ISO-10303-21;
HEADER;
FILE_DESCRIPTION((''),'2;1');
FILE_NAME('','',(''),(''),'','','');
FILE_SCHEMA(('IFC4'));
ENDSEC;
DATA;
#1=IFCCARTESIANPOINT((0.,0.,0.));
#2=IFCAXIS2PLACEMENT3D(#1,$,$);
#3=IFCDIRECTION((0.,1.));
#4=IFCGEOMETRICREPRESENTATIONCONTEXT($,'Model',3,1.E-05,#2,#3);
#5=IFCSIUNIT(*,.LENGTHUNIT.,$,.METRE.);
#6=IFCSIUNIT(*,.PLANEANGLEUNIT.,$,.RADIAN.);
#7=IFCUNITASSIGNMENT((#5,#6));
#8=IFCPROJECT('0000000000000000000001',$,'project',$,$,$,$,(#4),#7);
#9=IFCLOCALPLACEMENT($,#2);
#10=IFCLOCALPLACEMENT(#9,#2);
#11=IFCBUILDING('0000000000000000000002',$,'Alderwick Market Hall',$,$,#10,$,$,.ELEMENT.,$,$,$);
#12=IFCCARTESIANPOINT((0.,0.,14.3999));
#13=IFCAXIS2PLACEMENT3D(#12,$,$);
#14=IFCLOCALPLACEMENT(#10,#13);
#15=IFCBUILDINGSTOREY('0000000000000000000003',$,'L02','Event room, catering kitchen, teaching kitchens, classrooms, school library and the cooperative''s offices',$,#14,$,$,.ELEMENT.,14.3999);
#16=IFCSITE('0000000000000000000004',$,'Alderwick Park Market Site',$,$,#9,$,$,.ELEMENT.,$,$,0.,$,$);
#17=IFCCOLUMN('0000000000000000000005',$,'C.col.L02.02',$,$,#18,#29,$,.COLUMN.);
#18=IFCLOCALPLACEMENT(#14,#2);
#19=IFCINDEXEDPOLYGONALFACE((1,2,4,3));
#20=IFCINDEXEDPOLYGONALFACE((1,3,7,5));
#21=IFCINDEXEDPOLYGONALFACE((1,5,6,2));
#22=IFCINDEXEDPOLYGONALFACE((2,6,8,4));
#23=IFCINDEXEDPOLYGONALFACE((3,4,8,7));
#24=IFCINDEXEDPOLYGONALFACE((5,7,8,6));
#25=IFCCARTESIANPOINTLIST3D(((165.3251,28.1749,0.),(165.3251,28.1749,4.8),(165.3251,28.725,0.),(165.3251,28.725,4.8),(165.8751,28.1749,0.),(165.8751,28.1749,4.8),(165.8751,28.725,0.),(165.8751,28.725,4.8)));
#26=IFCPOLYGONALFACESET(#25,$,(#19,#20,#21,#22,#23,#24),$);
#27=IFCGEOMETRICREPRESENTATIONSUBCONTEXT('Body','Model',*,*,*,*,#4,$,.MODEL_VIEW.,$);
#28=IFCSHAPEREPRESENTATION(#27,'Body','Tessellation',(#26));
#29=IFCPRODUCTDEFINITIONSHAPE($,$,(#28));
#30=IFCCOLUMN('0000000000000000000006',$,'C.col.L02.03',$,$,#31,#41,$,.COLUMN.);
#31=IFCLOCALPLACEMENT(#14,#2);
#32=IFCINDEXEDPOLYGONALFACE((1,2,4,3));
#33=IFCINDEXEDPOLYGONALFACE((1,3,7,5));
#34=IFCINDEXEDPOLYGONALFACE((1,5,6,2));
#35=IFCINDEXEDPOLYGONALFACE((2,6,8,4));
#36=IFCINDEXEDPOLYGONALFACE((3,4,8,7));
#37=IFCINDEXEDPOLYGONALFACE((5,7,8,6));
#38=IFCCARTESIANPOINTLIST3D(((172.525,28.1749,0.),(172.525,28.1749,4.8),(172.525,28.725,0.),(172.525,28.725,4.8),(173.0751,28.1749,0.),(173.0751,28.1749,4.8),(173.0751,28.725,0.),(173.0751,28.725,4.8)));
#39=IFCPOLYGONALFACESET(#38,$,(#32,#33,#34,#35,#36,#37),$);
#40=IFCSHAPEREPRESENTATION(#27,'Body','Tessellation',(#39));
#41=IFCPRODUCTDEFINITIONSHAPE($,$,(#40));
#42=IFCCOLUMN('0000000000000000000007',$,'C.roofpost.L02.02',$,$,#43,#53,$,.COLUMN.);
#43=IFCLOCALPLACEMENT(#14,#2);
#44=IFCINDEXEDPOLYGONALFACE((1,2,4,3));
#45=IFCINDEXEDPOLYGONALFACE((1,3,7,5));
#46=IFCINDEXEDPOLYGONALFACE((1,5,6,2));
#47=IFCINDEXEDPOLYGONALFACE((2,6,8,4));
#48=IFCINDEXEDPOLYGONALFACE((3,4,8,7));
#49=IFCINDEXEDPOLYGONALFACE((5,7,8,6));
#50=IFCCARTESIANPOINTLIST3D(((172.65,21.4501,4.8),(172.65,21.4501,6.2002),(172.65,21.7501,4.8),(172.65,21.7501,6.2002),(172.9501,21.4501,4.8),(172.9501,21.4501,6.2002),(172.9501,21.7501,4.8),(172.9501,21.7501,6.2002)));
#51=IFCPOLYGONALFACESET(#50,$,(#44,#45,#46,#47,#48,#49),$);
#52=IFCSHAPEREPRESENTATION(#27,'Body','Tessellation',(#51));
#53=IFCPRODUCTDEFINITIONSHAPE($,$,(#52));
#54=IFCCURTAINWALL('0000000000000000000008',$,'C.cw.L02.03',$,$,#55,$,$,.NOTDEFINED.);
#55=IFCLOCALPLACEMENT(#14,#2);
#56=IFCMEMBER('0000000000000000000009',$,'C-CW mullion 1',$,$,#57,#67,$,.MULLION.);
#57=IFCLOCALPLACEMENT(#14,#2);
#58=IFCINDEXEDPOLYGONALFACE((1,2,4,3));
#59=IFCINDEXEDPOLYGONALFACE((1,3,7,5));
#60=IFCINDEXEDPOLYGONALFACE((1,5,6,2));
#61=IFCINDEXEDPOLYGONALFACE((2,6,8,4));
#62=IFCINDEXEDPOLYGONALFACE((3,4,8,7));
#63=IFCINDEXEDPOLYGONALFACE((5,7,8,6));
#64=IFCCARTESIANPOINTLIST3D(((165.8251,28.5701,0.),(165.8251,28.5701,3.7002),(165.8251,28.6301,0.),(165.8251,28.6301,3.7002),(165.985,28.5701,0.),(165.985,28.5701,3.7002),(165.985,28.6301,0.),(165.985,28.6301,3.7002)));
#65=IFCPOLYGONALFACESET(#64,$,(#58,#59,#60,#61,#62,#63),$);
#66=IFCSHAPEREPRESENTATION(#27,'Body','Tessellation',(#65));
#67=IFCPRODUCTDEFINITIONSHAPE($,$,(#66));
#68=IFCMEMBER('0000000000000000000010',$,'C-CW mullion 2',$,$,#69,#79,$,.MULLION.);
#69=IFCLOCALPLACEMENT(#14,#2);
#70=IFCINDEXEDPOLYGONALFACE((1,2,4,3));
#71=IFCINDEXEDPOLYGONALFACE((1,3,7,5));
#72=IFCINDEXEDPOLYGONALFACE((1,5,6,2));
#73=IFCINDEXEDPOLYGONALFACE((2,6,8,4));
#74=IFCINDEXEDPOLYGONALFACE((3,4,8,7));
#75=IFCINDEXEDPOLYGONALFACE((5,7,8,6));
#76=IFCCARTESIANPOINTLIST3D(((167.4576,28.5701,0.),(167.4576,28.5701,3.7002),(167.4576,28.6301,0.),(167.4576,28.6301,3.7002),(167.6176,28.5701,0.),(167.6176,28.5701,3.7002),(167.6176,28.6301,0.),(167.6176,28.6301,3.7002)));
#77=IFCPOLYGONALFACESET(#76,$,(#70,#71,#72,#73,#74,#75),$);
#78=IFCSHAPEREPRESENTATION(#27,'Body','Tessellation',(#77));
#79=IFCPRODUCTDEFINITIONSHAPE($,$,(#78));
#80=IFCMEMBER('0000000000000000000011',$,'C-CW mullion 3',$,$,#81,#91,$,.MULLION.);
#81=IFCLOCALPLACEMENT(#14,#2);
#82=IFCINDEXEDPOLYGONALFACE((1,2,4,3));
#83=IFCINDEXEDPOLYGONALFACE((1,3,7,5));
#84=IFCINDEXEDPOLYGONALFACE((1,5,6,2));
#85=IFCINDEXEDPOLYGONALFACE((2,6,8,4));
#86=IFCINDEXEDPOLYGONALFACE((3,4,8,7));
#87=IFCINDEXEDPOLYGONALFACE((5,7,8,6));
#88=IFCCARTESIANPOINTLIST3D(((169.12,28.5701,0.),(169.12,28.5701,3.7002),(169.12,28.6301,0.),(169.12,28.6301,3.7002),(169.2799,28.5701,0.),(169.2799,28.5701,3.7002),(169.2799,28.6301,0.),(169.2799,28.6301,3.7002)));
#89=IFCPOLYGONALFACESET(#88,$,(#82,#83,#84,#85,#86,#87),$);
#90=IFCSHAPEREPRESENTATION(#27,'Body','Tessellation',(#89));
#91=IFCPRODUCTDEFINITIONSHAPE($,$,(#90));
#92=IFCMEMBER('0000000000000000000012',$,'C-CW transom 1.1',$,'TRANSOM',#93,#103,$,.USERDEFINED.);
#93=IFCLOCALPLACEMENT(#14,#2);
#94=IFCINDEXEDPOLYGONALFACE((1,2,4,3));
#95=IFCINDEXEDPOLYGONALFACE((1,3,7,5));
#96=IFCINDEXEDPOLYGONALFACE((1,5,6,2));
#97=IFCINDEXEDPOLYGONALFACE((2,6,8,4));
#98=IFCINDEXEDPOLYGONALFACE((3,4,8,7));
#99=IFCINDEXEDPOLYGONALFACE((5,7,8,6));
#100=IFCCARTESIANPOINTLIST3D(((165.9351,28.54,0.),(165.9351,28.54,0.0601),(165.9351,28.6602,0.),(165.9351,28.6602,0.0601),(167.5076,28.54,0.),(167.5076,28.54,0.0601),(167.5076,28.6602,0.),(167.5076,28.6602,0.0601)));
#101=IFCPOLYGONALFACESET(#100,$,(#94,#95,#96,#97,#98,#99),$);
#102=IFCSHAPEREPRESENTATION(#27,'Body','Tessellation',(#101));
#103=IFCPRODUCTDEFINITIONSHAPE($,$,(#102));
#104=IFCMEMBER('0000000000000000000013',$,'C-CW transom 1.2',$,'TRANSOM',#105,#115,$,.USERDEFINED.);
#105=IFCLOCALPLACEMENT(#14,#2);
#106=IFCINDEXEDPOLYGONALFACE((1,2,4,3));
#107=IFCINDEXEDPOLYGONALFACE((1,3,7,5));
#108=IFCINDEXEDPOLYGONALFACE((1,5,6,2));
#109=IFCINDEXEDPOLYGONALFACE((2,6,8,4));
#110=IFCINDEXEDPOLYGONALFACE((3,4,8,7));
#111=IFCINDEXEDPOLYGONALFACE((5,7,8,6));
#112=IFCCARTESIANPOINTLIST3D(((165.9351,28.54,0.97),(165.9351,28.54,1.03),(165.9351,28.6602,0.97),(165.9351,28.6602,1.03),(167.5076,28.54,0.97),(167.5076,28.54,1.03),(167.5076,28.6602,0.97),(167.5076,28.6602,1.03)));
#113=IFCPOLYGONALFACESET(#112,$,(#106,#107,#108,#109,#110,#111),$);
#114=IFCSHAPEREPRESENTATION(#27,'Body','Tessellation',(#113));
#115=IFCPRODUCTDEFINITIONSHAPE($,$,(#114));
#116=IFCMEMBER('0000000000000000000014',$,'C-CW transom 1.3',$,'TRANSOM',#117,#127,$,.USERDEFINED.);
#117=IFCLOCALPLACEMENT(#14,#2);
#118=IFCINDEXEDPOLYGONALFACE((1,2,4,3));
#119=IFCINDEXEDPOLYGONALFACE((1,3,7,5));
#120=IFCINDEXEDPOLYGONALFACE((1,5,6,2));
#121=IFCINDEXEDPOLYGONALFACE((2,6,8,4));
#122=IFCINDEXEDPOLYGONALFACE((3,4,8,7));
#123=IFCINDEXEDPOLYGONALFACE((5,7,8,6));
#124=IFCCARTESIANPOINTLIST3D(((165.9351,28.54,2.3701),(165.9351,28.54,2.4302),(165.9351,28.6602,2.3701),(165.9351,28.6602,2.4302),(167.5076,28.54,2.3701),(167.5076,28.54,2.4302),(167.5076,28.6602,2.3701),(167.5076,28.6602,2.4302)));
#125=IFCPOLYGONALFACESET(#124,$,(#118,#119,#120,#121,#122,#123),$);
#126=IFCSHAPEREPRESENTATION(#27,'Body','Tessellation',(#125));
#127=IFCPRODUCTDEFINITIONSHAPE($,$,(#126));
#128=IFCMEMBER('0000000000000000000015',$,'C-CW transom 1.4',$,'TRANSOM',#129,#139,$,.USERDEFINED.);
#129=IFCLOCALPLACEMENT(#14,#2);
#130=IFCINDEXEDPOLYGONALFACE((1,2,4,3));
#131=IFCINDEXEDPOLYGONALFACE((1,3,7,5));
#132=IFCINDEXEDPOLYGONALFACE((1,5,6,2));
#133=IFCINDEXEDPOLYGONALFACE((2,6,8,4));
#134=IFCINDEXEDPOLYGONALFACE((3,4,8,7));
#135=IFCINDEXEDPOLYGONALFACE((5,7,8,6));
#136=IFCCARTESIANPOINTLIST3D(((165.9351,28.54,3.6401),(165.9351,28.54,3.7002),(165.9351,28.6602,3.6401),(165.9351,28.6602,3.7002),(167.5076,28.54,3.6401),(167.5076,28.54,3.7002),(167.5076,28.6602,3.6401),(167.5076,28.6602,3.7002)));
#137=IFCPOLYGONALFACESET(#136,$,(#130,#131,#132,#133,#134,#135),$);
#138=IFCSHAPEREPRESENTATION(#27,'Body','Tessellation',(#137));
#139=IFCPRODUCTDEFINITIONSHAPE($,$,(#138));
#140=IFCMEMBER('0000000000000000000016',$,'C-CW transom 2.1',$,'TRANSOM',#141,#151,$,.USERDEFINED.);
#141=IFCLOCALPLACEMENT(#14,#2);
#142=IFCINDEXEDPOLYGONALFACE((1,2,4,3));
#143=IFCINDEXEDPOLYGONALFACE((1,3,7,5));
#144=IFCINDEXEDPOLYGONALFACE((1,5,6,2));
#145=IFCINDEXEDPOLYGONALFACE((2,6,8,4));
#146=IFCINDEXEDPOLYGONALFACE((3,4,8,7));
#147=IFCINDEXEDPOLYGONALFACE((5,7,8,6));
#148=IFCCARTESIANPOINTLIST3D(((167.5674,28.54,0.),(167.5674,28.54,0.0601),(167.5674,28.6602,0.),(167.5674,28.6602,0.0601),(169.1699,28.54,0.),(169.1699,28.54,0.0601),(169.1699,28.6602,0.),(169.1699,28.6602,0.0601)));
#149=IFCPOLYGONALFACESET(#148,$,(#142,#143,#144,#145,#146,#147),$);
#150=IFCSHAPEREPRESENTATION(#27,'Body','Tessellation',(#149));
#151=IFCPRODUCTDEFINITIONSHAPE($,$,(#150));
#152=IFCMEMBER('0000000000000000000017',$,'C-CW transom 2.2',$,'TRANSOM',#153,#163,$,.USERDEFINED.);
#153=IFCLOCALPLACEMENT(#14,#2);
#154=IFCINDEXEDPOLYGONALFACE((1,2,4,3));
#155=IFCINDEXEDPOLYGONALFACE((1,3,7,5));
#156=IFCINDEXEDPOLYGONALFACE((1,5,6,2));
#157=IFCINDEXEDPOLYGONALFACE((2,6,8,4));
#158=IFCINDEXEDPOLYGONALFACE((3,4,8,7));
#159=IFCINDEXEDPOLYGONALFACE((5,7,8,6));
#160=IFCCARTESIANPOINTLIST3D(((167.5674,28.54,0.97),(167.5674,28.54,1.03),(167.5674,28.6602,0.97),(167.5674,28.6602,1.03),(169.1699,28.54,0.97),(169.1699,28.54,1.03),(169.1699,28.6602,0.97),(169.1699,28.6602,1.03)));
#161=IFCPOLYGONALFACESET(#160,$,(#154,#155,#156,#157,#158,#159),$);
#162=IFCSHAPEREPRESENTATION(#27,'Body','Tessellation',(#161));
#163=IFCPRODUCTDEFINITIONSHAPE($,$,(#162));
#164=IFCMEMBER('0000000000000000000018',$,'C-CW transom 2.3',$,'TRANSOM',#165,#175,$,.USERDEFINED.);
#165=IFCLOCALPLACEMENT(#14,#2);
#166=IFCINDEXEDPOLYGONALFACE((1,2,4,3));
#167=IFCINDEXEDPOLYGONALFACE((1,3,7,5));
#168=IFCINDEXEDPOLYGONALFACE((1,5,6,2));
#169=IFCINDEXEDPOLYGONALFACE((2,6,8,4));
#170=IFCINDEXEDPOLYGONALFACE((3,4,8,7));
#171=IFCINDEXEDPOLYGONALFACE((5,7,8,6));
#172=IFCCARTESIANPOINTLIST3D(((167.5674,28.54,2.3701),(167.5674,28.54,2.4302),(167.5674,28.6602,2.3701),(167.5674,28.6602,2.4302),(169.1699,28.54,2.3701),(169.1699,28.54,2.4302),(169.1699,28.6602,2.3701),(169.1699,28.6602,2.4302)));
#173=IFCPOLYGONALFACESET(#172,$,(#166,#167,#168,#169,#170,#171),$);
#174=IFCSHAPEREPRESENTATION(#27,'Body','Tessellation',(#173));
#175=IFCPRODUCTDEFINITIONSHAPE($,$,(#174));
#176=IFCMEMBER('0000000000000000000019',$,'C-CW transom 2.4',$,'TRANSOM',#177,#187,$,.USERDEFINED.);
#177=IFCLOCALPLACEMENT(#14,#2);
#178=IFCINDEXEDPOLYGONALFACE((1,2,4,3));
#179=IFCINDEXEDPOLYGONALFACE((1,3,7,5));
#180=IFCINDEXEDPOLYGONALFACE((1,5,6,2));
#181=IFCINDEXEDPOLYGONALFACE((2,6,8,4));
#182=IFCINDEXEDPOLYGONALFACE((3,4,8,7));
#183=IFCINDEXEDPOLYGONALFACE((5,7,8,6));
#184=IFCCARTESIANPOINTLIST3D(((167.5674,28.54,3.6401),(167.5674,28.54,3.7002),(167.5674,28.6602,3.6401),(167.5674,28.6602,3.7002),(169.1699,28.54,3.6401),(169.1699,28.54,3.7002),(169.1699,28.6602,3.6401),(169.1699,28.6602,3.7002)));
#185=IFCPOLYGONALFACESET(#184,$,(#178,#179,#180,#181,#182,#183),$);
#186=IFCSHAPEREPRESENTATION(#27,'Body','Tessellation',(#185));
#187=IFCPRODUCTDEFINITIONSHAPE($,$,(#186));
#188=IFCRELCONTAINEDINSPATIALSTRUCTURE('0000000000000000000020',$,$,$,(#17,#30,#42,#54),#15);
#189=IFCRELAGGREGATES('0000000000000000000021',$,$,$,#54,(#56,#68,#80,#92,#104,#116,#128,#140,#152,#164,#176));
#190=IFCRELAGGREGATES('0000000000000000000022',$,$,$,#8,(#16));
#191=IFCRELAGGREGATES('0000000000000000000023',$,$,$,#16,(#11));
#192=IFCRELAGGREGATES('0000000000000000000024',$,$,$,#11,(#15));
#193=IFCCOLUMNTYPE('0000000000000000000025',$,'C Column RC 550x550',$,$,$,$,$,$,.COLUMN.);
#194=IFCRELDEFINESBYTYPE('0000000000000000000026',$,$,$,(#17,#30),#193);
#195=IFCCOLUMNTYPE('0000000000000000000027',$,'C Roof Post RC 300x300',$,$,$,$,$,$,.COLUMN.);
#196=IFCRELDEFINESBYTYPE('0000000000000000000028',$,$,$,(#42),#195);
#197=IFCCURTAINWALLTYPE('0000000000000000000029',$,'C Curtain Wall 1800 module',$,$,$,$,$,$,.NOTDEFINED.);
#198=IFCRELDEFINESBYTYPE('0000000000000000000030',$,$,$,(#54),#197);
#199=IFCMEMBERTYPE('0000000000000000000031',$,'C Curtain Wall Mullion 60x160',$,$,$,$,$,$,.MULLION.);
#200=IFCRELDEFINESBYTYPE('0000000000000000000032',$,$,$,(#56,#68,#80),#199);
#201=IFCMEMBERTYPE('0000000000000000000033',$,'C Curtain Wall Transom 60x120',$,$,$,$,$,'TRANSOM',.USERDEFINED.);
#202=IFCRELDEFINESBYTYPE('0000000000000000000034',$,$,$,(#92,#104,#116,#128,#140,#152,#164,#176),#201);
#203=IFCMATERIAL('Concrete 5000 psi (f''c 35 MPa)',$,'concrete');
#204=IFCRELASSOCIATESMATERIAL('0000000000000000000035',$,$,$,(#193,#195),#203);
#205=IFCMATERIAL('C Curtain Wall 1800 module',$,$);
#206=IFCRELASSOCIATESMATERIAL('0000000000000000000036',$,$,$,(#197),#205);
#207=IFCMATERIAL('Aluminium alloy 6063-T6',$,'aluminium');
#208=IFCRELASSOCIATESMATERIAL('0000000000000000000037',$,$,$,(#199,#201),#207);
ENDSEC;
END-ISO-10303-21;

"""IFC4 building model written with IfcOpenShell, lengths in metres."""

from ifc_helpers import new_model, si_unit, direction, frame, origin, origin_2d, place, context, subcontext, project, spatial, rectangle, extrude, material, material_profile, profile_set, type_object, element, aggregate, save


model = new_model("IFC4")

# Units and contexts
model_context = context("Model", 3, precision=1e-05, world=origin(), true_north=direction((0.0, 1.0)))
body_context = subcontext(model_context, "Body", "Model", "MODEL_VIEW")
ifc_project = project(units=[si_unit("LENGTHUNIT", "METRE"), si_unit("PLANEANGLEUNIT", "RADIAN")], contexts=[model_context])

# Site, building, storey
site_placement = place(None, origin())
site = spatial("IfcSite", under=ifc_project, at=site_placement, Name="Alderwick Park Market Site", CompositionType="ELEMENT", RefElevation=0.0)
building_placement = place(site_placement, origin())
building = spatial("IfcBuilding", under=site, at=building_placement, Name="Alderwick Market Hall", CompositionType="ELEMENT")
storey_placement = place(building_placement, frame((0.0, 0.0, 14.3999)))
storey = spatial("IfcBuildingStorey", under=building, at=storey_placement, Name="L02", Description="Event room, catering kitchen, teaching kitchens, classrooms, school library and the cooperative's offices", CompositionType="ELEMENT", Elevation=14.3999)

# Columns
ifc_material_1 = material(Name="Concrete 5000 psi (f'c 35 MPa)", Category="concrete")
ifc_material_profile_1 = material_profile(ifc_material_1, rectangle(XDim=0.55, YDim=0.55, at=origin_2d()), Name="RC 550x550")
ifc_profile_set_1 = profile_set([ifc_material_profile_1], Name="Concrete 5000 psi (f'c 35 MPa)")
column_type_1 = type_object("IfcColumnType", Name="C Column RC 550x550", PredefinedType="COLUMN", material=ifc_profile_set_1)
for number, where, z_axis, x_axis, name in (
    (1, (165.6001, 28.45, 0.0), (0.0, 0.0, 1.0), (1.0, 0.0, 0.0), "C.col.L02.02"),
    (2, (172.8, 28.45, 0.0), (0.0, 0.0, 1.0), (1.0, 0.0, 0.0), "C.col.L02.03"),
):
    element("IfcColumn", number, at=place(storey_placement, frame(where, z_axis=z_axis, x_axis=x_axis)), inside=storey, type_object=column_type_1, Name=name, PredefinedType="COLUMN", context=body_context, shape_type="SweptSolid", body=[
        extrude(rectangle(XDim=0.55, YDim=0.55, at=origin_2d()), origin(), (0.0, 0.0, 1.0), 4.8),
    ])
ifc_material_profile_2 = material_profile(ifc_material_1, rectangle(XDim=0.3, YDim=0.3, at=origin_2d()), Name="RC 300x300")
ifc_profile_set_2 = profile_set([ifc_material_profile_2], Name="Concrete 5000 psi (f'c 35 MPa)")
column_type_2 = type_object("IfcColumnType", Name="C Roof Post RC 300x300", PredefinedType="COLUMN", material=ifc_profile_set_2)
column_placement = place(storey_placement, frame((172.8, 21.6001, 4.8), z_axis=(0.0, 0.0, 1.0), x_axis=(1.0, 0.0, 0.0)))
element("IfcColumn", 3, at=column_placement, inside=storey, type_object=column_type_2, Name="C.roofpost.L02.02", PredefinedType="COLUMN", context=body_context, shape_type="SweptSolid", body=[
    extrude(rectangle(XDim=0.3, YDim=0.3, at=origin_2d()), origin(), (0.0, 0.0, 1.0), 1.4001),
])

# Curtain wall, members
ifc_material_2 = material(Name="C Curtain Wall 1800 module")
curtain_wall_type = type_object("IfcCurtainWallType", Name="C Curtain Wall 1800 module", PredefinedType="NOTDEFINED", material=ifc_material_2)
curtain_wall_placement = place(storey_placement, origin())
curtain_wall = element("IfcCurtainWall", 4, at=curtain_wall_placement, inside=storey, type_object=curtain_wall_type, Name="C.cw.L02.03", PredefinedType="NOTDEFINED")
ifc_material_3 = material(Name="Aluminium alloy 6063-T6", Category="aluminium")
ifc_material_profile_3 = material_profile(ifc_material_3, rectangle(XDim=0.0601, YDim=0.1599, at=origin_2d()), Name="AL 60x160")
ifc_profile_set_3 = profile_set([ifc_material_profile_3], Name="Aluminium alloy 6063-T6")
member_type_1 = type_object("IfcMemberType", Name="C Curtain Wall Mullion 60x160", PredefinedType="MULLION", material=ifc_profile_set_3)
member_1_placement = place(storey_placement, frame((165.905, 28.6001, 0.0), z_axis=(0.0, 0.0, 1.0), x_axis=(0.0, 1.0, 0.0)))
member_1 = element("IfcMember", 5, at=member_1_placement, type_object=member_type_1, Name="C-CW mullion 1", PredefinedType="MULLION", context=body_context, shape_type="SweptSolid", body=[
    extrude(rectangle(XDim=0.0601, YDim=0.1599, at=origin_2d()), origin(), (0.0, 0.0, 1.0), 3.7002),
])
member_2_placement = place(storey_placement, frame((167.5376, 28.6001, 0.0), z_axis=(0.0, 0.0, 1.0), x_axis=(0.0, 1.0, 0.0)))
member_2 = element("IfcMember", 6, at=member_2_placement, type_object=member_type_1, Name="C-CW mullion 2", PredefinedType="MULLION", context=body_context, shape_type="SweptSolid", body=[
    extrude(rectangle(XDim=0.0601, YDim=0.1599, at=origin_2d()), origin(), (0.0, 0.0, 1.0), 3.7002),
])
member_3_placement = place(storey_placement, frame((169.2, 28.6001, 0.0), z_axis=(0.0, 0.0, 1.0), x_axis=(0.0, 1.0, 0.0)))
member_3 = element("IfcMember", 7, at=member_3_placement, type_object=member_type_1, Name="C-CW mullion 3", PredefinedType="MULLION", context=body_context, shape_type="SweptSolid", body=[
    extrude(rectangle(XDim=0.0601, YDim=0.1599, at=origin_2d()), origin(), (0.0, 0.0, 1.0), 3.7002),
])
ifc_material_profile_4 = material_profile(ifc_material_3, rectangle(XDim=0.1201, YDim=0.0601, at=origin_2d()), Name="AL 60x120")
ifc_profile_set_4 = profile_set([ifc_material_profile_4], Name="Aluminium alloy 6063-T6")
member_type_2 = type_object("IfcMemberType", Name="C Curtain Wall Transom 60x120", ElementType="TRANSOM", PredefinedType="USERDEFINED", material=ifc_profile_set_4)
member_4_placement = place(storey_placement, frame((165.9351, 28.6001, 0.03), z_axis=(1.0, 0.0, 0.0), x_axis=(0.0, 1.0, 0.0)))
member_4 = element("IfcMember", 8, at=member_4_placement, type_object=member_type_2, Name="C-CW transom 1.1", ObjectType="TRANSOM", PredefinedType="USERDEFINED", context=body_context, shape_type="SweptSolid", body=[
    extrude(rectangle(XDim=0.1201, YDim=0.0601, at=origin_2d()), origin(), (0.0, 0.0, 1.0), 1.5725),
])
member_5_placement = place(storey_placement, frame((165.9351, 28.6001, 1.0), z_axis=(1.0, 0.0, 0.0), x_axis=(0.0, 1.0, 0.0)))
member_5 = element("IfcMember", 9, at=member_5_placement, type_object=member_type_2, Name="C-CW transom 1.2", ObjectType="TRANSOM", PredefinedType="USERDEFINED", context=body_context, shape_type="SweptSolid", body=[
    extrude(rectangle(XDim=0.1201, YDim=0.0601, at=origin_2d()), origin(), (0.0, 0.0, 1.0), 1.5725),
])
member_6_placement = place(storey_placement, frame((165.9351, 28.6001, 2.4001), z_axis=(1.0, 0.0, 0.0), x_axis=(0.0, 1.0, 0.0)))
member_6 = element("IfcMember", 10, at=member_6_placement, type_object=member_type_2, Name="C-CW transom 1.3", ObjectType="TRANSOM", PredefinedType="USERDEFINED", context=body_context, shape_type="SweptSolid", body=[
    extrude(rectangle(XDim=0.1201, YDim=0.0601, at=origin_2d()), origin(), (0.0, 0.0, 1.0), 1.5725),
])
member_7_placement = place(storey_placement, frame((165.9351, 28.6001, 3.6702), z_axis=(1.0, 0.0, 0.0), x_axis=(0.0, 1.0, 0.0)))
member_7 = element("IfcMember", 11, at=member_7_placement, type_object=member_type_2, Name="C-CW transom 1.4", ObjectType="TRANSOM", PredefinedType="USERDEFINED", context=body_context, shape_type="SweptSolid", body=[
    extrude(rectangle(XDim=0.1201, YDim=0.0601, at=origin_2d()), origin(), (0.0, 0.0, 1.0), 1.5725),
])
member_8_placement = place(storey_placement, frame((167.5674, 28.6001, 0.03), z_axis=(1.0, 0.0, 0.0), x_axis=(0.0, 1.0, 0.0)))
member_8 = element("IfcMember", 12, at=member_8_placement, type_object=member_type_2, Name="C-CW transom 2.1", ObjectType="TRANSOM", PredefinedType="USERDEFINED", context=body_context, shape_type="SweptSolid", body=[
    extrude(rectangle(XDim=0.1201, YDim=0.0601, at=origin_2d()), origin(), (0.0, 0.0, 1.0), 1.6025),
])
member_9_placement = place(storey_placement, frame((167.5674, 28.6001, 1.0), z_axis=(1.0, 0.0, 0.0), x_axis=(0.0, 1.0, 0.0)))
member_9 = element("IfcMember", 13, at=member_9_placement, type_object=member_type_2, Name="C-CW transom 2.2", ObjectType="TRANSOM", PredefinedType="USERDEFINED", context=body_context, shape_type="SweptSolid", body=[
    extrude(rectangle(XDim=0.1201, YDim=0.0601, at=origin_2d()), origin(), (0.0, 0.0, 1.0), 1.6025),
])
member_10_placement = place(storey_placement, frame((167.5674, 28.6001, 2.4001), z_axis=(1.0, 0.0, 0.0), x_axis=(0.0, 1.0, 0.0)))
member_10 = element("IfcMember", 14, at=member_10_placement, type_object=member_type_2, Name="C-CW transom 2.3", ObjectType="TRANSOM", PredefinedType="USERDEFINED", context=body_context, shape_type="SweptSolid", body=[
    extrude(rectangle(XDim=0.1201, YDim=0.0601, at=origin_2d()), origin(), (0.0, 0.0, 1.0), 1.6025),
])
member_11_placement = place(storey_placement, frame((167.5674, 28.6001, 3.6702), z_axis=(1.0, 0.0, 0.0), x_axis=(0.0, 1.0, 0.0)))
member_11 = element("IfcMember", 15, at=member_11_placement, type_object=member_type_2, Name="C-CW transom 2.4", ObjectType="TRANSOM", PredefinedType="USERDEFINED", context=body_context, shape_type="SweptSolid", body=[
    extrude(rectangle(XDim=0.1201, YDim=0.0601, at=origin_2d()), origin(), (0.0, 0.0, 1.0), 1.6025),
])

aggregate(curtain_wall, [member_1, member_2, member_3, member_4, member_5, member_6, member_7, member_8, member_9, member_10, member_11])

save(model, "model.ifc")
